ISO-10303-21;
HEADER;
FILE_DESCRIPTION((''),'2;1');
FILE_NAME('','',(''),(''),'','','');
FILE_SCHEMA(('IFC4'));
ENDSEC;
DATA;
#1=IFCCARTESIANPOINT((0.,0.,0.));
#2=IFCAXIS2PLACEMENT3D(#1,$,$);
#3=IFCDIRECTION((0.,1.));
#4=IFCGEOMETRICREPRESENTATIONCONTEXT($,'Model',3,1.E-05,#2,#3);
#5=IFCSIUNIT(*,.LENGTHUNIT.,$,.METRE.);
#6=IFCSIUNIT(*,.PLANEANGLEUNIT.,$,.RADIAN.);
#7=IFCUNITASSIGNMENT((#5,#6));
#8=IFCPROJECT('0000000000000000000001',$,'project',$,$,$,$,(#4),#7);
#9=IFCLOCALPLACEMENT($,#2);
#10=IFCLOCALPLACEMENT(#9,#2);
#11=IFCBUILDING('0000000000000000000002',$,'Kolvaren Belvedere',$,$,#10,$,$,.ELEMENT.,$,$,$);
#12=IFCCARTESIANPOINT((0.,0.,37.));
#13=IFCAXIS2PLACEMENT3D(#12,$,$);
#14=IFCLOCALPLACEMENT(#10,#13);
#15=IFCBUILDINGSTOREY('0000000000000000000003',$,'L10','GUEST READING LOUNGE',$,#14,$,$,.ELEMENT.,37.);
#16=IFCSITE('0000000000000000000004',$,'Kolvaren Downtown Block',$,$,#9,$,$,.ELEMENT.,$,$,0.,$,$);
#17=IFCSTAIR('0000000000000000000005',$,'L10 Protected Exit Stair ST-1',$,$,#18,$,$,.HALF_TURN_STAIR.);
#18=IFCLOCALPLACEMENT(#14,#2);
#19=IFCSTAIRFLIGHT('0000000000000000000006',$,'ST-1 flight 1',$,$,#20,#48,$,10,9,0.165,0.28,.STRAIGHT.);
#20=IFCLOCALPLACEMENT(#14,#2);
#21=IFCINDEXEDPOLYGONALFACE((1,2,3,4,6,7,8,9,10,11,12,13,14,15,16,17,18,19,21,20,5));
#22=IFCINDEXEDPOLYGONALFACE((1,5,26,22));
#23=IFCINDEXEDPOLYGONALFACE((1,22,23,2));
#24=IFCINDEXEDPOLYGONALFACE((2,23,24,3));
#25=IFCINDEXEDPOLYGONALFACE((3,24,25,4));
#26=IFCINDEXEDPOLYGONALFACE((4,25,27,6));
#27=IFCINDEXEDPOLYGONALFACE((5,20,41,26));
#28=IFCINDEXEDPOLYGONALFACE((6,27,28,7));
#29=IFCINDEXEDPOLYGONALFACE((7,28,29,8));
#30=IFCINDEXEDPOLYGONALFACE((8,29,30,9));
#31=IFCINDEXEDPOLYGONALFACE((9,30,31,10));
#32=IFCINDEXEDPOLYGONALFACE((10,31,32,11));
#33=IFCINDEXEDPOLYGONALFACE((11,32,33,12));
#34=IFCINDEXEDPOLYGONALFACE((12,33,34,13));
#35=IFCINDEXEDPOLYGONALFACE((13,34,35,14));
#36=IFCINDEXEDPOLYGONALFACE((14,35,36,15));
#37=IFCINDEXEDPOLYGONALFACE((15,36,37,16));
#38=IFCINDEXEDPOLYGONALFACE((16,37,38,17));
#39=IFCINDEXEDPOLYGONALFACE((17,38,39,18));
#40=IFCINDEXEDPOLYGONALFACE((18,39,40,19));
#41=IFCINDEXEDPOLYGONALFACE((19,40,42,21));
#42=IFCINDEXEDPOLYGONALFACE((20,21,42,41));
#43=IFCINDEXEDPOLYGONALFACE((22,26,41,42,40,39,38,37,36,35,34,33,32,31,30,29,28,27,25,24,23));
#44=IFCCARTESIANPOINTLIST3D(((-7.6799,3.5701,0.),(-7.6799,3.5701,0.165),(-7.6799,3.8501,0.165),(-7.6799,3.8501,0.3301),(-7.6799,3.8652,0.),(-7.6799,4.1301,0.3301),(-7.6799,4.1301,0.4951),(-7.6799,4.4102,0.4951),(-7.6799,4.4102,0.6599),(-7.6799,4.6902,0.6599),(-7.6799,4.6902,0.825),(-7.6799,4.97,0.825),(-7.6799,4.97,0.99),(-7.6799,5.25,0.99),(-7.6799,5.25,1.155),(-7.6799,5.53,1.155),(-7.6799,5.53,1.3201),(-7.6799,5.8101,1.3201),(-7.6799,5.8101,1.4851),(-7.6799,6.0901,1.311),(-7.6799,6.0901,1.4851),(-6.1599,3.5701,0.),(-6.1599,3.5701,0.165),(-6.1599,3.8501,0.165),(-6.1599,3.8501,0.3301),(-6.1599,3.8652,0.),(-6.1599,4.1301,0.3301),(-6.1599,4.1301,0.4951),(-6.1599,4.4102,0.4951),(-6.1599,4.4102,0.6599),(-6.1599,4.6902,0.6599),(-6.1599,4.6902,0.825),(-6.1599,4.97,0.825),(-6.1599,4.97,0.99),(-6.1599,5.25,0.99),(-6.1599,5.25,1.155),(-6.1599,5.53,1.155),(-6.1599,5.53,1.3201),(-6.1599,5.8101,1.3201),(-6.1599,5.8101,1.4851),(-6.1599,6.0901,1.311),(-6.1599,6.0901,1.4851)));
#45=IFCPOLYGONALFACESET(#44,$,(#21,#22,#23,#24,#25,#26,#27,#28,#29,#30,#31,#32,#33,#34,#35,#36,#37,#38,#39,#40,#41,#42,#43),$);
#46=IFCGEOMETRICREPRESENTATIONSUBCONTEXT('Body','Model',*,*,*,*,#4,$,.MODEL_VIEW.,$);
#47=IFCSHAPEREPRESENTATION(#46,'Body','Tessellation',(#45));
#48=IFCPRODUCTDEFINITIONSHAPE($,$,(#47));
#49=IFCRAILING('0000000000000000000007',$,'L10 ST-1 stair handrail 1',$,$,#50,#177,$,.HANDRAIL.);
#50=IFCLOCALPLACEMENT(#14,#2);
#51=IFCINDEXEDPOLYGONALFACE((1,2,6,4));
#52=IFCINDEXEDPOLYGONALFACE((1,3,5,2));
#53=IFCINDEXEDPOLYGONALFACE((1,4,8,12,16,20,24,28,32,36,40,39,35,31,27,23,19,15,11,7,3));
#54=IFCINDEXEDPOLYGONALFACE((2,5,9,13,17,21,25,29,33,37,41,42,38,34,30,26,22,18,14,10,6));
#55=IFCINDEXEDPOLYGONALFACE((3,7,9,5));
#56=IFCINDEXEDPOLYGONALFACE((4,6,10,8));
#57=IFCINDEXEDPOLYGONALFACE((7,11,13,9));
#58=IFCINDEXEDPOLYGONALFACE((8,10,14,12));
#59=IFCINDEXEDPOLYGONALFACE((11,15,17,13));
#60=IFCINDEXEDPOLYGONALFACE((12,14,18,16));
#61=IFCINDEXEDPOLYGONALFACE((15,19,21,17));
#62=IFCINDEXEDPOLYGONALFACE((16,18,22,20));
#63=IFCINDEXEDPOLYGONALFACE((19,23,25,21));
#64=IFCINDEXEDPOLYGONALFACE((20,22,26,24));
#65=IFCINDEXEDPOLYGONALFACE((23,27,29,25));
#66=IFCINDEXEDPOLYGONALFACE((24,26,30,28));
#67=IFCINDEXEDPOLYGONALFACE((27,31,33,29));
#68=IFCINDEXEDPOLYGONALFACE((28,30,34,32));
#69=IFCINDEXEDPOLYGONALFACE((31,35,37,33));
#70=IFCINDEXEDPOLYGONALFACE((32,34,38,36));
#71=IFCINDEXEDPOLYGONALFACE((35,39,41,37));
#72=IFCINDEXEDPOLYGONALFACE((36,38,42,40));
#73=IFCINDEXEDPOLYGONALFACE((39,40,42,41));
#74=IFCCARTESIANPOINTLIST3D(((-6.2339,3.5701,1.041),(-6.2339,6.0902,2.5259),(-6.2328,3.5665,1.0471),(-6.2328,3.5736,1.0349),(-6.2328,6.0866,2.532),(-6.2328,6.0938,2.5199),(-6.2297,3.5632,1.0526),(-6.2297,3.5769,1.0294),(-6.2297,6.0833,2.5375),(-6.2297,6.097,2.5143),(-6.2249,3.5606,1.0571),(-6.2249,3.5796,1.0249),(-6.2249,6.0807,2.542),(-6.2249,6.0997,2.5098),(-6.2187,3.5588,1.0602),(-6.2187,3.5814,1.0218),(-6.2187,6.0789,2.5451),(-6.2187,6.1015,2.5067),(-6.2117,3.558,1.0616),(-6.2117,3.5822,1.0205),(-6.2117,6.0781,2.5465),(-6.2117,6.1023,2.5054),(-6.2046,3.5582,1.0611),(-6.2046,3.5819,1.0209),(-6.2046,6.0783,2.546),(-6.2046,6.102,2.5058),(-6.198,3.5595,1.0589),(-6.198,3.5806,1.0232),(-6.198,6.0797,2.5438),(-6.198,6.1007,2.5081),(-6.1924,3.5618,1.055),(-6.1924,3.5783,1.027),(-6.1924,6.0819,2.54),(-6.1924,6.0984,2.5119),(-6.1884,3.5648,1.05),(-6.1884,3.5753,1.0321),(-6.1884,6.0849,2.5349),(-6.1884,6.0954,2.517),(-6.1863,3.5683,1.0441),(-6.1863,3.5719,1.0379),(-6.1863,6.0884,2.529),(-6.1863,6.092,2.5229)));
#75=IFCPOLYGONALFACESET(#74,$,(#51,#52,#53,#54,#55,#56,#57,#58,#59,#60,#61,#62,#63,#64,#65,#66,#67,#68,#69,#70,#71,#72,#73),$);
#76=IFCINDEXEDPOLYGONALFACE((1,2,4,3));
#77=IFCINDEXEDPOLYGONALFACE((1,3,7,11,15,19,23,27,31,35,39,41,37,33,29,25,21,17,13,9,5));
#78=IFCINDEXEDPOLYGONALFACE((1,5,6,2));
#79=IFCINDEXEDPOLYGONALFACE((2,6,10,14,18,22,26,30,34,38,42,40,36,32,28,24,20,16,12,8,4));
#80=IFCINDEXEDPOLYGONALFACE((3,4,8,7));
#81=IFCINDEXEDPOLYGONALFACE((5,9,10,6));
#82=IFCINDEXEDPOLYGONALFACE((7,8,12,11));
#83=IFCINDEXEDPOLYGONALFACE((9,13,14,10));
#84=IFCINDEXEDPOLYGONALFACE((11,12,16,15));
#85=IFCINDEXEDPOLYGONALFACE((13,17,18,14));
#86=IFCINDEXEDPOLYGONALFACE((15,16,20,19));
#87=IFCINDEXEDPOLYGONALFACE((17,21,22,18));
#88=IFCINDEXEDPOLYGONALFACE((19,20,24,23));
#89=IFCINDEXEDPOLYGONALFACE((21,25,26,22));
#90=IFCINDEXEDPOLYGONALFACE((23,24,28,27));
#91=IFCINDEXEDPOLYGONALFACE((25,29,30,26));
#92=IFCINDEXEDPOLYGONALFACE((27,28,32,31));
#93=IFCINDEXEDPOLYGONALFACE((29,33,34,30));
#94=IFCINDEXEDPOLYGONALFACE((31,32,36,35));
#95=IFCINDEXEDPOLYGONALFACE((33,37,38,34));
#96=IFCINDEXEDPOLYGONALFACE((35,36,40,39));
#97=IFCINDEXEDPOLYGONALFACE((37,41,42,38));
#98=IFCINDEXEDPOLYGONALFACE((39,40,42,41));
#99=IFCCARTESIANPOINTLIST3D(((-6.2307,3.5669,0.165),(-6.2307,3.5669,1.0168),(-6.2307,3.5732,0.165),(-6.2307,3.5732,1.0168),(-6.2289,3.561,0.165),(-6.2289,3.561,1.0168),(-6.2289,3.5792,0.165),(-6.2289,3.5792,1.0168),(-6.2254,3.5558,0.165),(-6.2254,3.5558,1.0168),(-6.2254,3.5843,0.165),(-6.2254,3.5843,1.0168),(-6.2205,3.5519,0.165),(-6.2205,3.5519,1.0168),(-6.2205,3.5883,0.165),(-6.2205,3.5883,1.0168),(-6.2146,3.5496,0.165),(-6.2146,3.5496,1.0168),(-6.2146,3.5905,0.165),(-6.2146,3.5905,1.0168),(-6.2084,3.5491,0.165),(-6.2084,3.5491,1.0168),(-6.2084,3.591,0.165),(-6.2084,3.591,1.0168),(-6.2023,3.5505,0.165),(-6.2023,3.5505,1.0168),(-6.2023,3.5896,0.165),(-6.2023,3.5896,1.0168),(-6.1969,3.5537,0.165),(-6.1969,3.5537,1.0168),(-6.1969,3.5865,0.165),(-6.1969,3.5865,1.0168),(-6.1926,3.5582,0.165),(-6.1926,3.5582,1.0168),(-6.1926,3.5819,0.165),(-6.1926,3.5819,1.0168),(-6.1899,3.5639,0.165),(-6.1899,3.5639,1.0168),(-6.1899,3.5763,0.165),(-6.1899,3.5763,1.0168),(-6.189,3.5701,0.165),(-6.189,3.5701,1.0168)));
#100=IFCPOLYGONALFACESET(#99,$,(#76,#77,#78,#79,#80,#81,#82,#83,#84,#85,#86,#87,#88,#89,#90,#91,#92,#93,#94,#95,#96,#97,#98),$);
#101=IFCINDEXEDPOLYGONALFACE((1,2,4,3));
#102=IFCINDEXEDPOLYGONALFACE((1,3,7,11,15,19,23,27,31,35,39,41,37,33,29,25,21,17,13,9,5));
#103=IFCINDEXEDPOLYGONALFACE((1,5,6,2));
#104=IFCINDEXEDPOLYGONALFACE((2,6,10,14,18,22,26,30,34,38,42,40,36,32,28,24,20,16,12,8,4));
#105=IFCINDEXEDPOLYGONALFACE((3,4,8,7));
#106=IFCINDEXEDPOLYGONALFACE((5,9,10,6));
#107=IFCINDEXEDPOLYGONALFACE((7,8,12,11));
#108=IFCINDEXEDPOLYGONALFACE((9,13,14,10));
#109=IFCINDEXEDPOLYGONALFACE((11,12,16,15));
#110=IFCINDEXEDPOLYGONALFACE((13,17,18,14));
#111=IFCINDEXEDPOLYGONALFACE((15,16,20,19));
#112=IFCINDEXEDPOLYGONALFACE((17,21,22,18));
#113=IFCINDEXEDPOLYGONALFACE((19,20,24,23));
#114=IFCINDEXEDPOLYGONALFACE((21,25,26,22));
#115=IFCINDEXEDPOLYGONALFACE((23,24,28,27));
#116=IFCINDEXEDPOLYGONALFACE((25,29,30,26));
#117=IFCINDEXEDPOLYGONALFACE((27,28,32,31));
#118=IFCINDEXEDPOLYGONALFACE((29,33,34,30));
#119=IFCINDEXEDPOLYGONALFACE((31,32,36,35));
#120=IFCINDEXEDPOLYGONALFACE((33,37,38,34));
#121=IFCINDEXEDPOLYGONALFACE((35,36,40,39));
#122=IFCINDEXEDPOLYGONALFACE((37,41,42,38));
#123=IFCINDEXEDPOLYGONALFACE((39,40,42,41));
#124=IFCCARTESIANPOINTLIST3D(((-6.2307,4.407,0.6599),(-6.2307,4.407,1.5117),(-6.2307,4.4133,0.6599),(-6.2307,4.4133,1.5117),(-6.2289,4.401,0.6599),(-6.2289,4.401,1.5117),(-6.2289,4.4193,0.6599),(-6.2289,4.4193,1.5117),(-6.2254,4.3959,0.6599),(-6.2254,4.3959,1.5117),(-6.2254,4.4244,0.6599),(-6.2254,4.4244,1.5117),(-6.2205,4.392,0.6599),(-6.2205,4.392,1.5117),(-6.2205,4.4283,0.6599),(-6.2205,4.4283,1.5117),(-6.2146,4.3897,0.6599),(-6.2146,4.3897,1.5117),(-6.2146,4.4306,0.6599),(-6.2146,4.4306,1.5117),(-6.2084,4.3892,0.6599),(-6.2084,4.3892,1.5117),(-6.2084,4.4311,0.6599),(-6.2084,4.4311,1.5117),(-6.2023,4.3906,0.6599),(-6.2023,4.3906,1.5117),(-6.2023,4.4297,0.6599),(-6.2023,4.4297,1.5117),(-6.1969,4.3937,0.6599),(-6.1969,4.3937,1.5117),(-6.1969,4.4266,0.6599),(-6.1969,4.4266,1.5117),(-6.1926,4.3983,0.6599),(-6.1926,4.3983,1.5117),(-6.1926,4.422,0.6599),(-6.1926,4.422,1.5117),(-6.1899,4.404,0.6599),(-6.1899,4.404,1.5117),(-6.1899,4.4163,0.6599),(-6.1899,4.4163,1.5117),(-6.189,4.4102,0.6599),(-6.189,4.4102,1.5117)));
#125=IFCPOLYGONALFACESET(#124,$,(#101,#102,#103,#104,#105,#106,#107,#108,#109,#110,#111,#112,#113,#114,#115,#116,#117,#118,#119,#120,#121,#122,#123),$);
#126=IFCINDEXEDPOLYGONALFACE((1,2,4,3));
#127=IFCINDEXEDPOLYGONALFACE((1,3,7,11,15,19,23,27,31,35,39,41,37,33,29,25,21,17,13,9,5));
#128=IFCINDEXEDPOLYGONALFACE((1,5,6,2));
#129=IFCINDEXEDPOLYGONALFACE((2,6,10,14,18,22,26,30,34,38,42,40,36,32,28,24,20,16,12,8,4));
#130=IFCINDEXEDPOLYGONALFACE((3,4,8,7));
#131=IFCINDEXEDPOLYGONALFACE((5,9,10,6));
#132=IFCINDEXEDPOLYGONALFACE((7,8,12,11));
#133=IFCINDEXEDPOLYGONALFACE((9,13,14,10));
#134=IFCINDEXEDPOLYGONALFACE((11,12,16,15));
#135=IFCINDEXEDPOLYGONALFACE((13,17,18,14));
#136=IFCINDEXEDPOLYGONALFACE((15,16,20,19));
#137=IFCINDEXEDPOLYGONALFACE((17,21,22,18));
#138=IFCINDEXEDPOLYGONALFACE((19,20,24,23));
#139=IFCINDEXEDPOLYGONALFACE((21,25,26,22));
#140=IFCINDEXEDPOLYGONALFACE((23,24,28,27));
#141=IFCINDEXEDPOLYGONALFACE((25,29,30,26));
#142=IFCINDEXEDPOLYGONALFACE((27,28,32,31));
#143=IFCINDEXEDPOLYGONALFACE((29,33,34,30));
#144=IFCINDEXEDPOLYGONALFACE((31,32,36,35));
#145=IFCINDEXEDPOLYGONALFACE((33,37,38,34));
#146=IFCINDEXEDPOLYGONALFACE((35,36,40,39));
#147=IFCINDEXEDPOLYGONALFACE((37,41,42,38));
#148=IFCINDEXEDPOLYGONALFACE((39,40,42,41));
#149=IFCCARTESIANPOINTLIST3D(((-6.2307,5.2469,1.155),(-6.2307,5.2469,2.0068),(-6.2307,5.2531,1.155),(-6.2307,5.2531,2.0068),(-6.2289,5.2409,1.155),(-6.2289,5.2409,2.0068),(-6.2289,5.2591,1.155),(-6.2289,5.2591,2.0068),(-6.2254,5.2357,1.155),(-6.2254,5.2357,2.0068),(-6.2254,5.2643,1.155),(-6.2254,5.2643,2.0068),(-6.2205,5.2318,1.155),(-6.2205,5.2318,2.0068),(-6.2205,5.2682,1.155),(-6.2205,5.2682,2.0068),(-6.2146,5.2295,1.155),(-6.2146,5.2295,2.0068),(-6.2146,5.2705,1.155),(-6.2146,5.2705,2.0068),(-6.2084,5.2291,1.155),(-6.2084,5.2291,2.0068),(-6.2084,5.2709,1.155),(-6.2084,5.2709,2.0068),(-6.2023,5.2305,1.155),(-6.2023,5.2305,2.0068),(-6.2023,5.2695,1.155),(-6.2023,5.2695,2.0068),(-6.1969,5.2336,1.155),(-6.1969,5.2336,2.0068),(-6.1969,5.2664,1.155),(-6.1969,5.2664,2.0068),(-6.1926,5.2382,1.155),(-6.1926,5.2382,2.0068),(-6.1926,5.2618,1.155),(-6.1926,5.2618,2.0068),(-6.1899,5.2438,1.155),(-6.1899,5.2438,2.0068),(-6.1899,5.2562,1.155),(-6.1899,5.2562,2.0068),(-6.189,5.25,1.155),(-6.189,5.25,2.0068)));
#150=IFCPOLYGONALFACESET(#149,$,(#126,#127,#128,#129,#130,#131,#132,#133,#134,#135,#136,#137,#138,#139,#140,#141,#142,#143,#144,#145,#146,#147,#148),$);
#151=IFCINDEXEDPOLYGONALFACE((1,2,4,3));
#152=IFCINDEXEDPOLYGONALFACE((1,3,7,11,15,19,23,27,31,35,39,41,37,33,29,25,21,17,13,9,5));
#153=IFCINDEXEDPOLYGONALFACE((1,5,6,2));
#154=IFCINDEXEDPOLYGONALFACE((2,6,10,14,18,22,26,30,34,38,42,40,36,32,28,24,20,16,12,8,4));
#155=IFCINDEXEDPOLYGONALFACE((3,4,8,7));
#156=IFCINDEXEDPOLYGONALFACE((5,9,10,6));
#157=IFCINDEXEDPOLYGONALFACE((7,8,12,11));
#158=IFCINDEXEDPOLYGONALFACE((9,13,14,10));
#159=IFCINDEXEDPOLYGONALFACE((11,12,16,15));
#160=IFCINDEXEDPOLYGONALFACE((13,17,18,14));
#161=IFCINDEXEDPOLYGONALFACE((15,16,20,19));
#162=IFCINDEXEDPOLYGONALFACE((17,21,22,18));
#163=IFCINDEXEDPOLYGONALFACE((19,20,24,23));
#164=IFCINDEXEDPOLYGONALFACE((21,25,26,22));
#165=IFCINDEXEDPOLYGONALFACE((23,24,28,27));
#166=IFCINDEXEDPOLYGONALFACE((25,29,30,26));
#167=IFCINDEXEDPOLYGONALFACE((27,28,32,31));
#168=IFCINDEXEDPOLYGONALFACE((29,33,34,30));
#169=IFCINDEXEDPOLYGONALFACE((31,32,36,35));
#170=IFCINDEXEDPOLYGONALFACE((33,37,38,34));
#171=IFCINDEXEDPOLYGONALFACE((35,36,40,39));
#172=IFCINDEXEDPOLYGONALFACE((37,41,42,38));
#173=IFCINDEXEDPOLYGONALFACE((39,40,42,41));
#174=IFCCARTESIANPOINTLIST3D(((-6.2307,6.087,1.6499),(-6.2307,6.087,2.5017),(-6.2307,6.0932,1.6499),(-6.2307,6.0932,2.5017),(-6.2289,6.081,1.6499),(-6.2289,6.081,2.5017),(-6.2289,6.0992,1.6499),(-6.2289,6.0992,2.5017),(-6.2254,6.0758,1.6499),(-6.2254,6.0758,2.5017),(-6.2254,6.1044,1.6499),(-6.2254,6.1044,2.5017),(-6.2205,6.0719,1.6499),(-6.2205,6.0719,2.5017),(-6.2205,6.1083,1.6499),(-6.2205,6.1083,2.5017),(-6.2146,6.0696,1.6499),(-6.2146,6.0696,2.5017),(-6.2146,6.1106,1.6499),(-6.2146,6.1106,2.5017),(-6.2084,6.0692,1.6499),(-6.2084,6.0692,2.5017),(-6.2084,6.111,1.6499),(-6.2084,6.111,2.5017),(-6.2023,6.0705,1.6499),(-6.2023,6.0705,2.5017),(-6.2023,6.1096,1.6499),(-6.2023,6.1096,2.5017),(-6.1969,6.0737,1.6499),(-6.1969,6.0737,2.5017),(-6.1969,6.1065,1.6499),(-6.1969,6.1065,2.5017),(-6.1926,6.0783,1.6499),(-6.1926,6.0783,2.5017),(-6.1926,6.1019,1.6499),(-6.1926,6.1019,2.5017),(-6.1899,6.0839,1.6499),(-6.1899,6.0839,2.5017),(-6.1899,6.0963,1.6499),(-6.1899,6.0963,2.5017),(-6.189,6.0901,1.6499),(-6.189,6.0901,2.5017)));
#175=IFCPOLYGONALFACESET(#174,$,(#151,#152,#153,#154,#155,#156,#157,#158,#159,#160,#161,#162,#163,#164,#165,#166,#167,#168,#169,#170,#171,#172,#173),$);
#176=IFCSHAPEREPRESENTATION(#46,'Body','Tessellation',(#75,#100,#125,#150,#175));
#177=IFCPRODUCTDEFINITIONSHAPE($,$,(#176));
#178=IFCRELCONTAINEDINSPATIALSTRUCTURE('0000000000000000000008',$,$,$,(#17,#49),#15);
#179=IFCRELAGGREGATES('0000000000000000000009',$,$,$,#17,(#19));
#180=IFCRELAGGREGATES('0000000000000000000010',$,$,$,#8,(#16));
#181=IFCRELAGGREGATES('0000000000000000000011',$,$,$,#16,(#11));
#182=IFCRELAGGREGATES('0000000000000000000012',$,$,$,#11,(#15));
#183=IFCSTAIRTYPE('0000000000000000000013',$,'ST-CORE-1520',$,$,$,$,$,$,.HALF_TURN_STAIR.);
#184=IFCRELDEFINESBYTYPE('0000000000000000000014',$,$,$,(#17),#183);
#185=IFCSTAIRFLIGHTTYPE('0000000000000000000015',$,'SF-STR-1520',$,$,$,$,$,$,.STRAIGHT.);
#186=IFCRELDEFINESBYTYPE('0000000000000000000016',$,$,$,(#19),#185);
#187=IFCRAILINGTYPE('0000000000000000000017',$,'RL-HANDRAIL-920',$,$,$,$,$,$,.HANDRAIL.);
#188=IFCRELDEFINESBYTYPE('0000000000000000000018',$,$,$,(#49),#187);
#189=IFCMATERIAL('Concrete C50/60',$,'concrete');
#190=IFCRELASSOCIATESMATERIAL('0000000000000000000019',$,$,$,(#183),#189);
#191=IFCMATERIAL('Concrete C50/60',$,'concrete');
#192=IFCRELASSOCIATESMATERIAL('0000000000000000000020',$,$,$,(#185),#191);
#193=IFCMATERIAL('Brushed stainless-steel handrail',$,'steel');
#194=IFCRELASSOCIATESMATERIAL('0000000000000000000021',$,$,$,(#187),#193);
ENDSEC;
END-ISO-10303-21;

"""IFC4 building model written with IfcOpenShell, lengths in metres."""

from ifc_helpers import new_model, si_unit, direction, frame, origin, origin_2d, place, context, subcontext, project, spatial, polyline, circle, outline, extrude, material, type_object, element, aggregate, save


model = new_model("IFC4")

# Units and contexts
model_context = context("Model", 3, precision=1e-05, world=origin(), true_north=direction((0.0, 1.0)))
body_context = subcontext(model_context, "Body", "Model", "MODEL_VIEW")
ifc_project = project(units=[si_unit("LENGTHUNIT", "METRE"), si_unit("PLANEANGLEUNIT", "RADIAN")], contexts=[model_context])

# Site, building, storey
site_placement = place(None, origin())
site = spatial("IfcSite", under=ifc_project, at=site_placement, Name="Kolvaren Downtown Block", CompositionType="ELEMENT", RefElevation=0.0)
building_placement = place(site_placement, origin())
building = spatial("IfcBuilding", under=site, at=building_placement, Name="Kolvaren Belvedere", CompositionType="ELEMENT")
storey_placement = place(building_placement, frame((0.0, 0.0, 37.0)))
storey = spatial("IfcBuildingStorey", under=building, at=storey_placement, Name="L10", Description="GUEST READING LOUNGE", CompositionType="ELEMENT", Elevation=37.0)

# Stair
ifc_material_1 = material(Name="Concrete C50/60", Category="concrete")
stair_type = type_object("IfcStairType", Name="ST-CORE-1520", PredefinedType="HALF_TURN_STAIR", material=ifc_material_1)
stair_placement = place(storey_placement, origin())
stair = element("IfcStair", 1, at=stair_placement, inside=storey, type_object=stair_type, Name="L10 Protected Exit Stair ST-1", PredefinedType="HALF_TURN_STAIR")

# Stair flight
ifc_material_2 = material(Name="Concrete C50/60", Category="concrete")
stair_flight_type = type_object("IfcStairFlightType", Name="SF-STR-1520", PredefinedType="STRAIGHT", material=ifc_material_2)
stair_flight_placement = place(storey_placement, frame((-6.9199, 3.5701, 0.0), z_axis=(0.0, 0.0, 1.0), x_axis=(0.0, 1.0, 0.0)))
stair_flight = element("IfcStairFlight", 2, at=stair_flight_placement, type_object=stair_flight_type, Name="ST-1 flight 1", NumberOfRisers=10, NumberOfTreads=9, PredefinedType="STRAIGHT", RiserHeight=0.165, TreadLength=0.28, context=body_context, shape_type="SweptSolid", body=[
    extrude(outline(polyline([(0.0, 0.0), (0.0, 0.165), (0.28, 0.165), (0.28, 0.3301), (0.5601, 0.3301), (0.5601, 0.4951), (0.8401, 0.4951), (0.8401, 0.6599), (1.1201, 0.6599), (1.1201, 0.825), (1.3999, 0.825), (1.3999, 0.99), (1.6799, 0.99), (1.6799, 1.155), (1.96, 1.155), (1.96, 1.3201), (2.24, 1.3201), (2.24, 1.4851), (2.52, 1.4851), (2.52, 1.6499), (2.52, 1.311), (0.2952, 0.0), (0.0, 0.0)])), frame((0.0, 0.76, 0.0), z_axis=(0.0, -1.0, 0.0), x_axis=(1.0, 0.0, 0.0)), (0.0, 0.0, 1.0), 1.52),
])
aggregate(stair, [stair_flight])

# Railing
ifc_material_3 = material(Name="Brushed stainless-steel handrail", Category="steel")
railing_type_1 = type_object("IfcRailingType", Name="RL-HANDRAIL-920", PredefinedType="HANDRAIL", material=ifc_material_3)
railing_1_placement = place(storey_placement, frame((-6.21, 3.5701, 0.165)))
element("IfcRailing", 3, at=railing_1_placement, inside=storey, type_object=railing_type_1, Name="L10 ST-1 stair handrail 1", PredefinedType="HANDRAIL", context=body_context, shape_type="SweptSolid", body=[
    extrude(circle(Radius=0.0239, at=origin_2d()), frame((0.0, 0.0, 0.876), z_axis=(0.0, 0.861561, 0.507655), x_axis=(-1.0, 0.0, 0.0)), (0.0, 0.0, 1.0), 2.925),
    extrude(circle(Radius=0.021, at=origin_2d()), origin(), (0.0, 0.0, 1.0), 0.8518),
    extrude(circle(Radius=0.021, at=origin_2d()), frame((0.0, 0.8401, 0.4949)), (0.0, 0.0, 1.0), 0.8518),
    extrude(circle(Radius=0.021, at=origin_2d()), frame((0.0, 1.6799, 0.99)), (0.0, 0.0, 1.0), 0.8518),
    extrude(circle(Radius=0.021, at=origin_2d()), frame((0.0, 2.52, 1.4849)), (0.0, 0.0, 1.0), 0.8518),
])

save(model, "model.ifc")
